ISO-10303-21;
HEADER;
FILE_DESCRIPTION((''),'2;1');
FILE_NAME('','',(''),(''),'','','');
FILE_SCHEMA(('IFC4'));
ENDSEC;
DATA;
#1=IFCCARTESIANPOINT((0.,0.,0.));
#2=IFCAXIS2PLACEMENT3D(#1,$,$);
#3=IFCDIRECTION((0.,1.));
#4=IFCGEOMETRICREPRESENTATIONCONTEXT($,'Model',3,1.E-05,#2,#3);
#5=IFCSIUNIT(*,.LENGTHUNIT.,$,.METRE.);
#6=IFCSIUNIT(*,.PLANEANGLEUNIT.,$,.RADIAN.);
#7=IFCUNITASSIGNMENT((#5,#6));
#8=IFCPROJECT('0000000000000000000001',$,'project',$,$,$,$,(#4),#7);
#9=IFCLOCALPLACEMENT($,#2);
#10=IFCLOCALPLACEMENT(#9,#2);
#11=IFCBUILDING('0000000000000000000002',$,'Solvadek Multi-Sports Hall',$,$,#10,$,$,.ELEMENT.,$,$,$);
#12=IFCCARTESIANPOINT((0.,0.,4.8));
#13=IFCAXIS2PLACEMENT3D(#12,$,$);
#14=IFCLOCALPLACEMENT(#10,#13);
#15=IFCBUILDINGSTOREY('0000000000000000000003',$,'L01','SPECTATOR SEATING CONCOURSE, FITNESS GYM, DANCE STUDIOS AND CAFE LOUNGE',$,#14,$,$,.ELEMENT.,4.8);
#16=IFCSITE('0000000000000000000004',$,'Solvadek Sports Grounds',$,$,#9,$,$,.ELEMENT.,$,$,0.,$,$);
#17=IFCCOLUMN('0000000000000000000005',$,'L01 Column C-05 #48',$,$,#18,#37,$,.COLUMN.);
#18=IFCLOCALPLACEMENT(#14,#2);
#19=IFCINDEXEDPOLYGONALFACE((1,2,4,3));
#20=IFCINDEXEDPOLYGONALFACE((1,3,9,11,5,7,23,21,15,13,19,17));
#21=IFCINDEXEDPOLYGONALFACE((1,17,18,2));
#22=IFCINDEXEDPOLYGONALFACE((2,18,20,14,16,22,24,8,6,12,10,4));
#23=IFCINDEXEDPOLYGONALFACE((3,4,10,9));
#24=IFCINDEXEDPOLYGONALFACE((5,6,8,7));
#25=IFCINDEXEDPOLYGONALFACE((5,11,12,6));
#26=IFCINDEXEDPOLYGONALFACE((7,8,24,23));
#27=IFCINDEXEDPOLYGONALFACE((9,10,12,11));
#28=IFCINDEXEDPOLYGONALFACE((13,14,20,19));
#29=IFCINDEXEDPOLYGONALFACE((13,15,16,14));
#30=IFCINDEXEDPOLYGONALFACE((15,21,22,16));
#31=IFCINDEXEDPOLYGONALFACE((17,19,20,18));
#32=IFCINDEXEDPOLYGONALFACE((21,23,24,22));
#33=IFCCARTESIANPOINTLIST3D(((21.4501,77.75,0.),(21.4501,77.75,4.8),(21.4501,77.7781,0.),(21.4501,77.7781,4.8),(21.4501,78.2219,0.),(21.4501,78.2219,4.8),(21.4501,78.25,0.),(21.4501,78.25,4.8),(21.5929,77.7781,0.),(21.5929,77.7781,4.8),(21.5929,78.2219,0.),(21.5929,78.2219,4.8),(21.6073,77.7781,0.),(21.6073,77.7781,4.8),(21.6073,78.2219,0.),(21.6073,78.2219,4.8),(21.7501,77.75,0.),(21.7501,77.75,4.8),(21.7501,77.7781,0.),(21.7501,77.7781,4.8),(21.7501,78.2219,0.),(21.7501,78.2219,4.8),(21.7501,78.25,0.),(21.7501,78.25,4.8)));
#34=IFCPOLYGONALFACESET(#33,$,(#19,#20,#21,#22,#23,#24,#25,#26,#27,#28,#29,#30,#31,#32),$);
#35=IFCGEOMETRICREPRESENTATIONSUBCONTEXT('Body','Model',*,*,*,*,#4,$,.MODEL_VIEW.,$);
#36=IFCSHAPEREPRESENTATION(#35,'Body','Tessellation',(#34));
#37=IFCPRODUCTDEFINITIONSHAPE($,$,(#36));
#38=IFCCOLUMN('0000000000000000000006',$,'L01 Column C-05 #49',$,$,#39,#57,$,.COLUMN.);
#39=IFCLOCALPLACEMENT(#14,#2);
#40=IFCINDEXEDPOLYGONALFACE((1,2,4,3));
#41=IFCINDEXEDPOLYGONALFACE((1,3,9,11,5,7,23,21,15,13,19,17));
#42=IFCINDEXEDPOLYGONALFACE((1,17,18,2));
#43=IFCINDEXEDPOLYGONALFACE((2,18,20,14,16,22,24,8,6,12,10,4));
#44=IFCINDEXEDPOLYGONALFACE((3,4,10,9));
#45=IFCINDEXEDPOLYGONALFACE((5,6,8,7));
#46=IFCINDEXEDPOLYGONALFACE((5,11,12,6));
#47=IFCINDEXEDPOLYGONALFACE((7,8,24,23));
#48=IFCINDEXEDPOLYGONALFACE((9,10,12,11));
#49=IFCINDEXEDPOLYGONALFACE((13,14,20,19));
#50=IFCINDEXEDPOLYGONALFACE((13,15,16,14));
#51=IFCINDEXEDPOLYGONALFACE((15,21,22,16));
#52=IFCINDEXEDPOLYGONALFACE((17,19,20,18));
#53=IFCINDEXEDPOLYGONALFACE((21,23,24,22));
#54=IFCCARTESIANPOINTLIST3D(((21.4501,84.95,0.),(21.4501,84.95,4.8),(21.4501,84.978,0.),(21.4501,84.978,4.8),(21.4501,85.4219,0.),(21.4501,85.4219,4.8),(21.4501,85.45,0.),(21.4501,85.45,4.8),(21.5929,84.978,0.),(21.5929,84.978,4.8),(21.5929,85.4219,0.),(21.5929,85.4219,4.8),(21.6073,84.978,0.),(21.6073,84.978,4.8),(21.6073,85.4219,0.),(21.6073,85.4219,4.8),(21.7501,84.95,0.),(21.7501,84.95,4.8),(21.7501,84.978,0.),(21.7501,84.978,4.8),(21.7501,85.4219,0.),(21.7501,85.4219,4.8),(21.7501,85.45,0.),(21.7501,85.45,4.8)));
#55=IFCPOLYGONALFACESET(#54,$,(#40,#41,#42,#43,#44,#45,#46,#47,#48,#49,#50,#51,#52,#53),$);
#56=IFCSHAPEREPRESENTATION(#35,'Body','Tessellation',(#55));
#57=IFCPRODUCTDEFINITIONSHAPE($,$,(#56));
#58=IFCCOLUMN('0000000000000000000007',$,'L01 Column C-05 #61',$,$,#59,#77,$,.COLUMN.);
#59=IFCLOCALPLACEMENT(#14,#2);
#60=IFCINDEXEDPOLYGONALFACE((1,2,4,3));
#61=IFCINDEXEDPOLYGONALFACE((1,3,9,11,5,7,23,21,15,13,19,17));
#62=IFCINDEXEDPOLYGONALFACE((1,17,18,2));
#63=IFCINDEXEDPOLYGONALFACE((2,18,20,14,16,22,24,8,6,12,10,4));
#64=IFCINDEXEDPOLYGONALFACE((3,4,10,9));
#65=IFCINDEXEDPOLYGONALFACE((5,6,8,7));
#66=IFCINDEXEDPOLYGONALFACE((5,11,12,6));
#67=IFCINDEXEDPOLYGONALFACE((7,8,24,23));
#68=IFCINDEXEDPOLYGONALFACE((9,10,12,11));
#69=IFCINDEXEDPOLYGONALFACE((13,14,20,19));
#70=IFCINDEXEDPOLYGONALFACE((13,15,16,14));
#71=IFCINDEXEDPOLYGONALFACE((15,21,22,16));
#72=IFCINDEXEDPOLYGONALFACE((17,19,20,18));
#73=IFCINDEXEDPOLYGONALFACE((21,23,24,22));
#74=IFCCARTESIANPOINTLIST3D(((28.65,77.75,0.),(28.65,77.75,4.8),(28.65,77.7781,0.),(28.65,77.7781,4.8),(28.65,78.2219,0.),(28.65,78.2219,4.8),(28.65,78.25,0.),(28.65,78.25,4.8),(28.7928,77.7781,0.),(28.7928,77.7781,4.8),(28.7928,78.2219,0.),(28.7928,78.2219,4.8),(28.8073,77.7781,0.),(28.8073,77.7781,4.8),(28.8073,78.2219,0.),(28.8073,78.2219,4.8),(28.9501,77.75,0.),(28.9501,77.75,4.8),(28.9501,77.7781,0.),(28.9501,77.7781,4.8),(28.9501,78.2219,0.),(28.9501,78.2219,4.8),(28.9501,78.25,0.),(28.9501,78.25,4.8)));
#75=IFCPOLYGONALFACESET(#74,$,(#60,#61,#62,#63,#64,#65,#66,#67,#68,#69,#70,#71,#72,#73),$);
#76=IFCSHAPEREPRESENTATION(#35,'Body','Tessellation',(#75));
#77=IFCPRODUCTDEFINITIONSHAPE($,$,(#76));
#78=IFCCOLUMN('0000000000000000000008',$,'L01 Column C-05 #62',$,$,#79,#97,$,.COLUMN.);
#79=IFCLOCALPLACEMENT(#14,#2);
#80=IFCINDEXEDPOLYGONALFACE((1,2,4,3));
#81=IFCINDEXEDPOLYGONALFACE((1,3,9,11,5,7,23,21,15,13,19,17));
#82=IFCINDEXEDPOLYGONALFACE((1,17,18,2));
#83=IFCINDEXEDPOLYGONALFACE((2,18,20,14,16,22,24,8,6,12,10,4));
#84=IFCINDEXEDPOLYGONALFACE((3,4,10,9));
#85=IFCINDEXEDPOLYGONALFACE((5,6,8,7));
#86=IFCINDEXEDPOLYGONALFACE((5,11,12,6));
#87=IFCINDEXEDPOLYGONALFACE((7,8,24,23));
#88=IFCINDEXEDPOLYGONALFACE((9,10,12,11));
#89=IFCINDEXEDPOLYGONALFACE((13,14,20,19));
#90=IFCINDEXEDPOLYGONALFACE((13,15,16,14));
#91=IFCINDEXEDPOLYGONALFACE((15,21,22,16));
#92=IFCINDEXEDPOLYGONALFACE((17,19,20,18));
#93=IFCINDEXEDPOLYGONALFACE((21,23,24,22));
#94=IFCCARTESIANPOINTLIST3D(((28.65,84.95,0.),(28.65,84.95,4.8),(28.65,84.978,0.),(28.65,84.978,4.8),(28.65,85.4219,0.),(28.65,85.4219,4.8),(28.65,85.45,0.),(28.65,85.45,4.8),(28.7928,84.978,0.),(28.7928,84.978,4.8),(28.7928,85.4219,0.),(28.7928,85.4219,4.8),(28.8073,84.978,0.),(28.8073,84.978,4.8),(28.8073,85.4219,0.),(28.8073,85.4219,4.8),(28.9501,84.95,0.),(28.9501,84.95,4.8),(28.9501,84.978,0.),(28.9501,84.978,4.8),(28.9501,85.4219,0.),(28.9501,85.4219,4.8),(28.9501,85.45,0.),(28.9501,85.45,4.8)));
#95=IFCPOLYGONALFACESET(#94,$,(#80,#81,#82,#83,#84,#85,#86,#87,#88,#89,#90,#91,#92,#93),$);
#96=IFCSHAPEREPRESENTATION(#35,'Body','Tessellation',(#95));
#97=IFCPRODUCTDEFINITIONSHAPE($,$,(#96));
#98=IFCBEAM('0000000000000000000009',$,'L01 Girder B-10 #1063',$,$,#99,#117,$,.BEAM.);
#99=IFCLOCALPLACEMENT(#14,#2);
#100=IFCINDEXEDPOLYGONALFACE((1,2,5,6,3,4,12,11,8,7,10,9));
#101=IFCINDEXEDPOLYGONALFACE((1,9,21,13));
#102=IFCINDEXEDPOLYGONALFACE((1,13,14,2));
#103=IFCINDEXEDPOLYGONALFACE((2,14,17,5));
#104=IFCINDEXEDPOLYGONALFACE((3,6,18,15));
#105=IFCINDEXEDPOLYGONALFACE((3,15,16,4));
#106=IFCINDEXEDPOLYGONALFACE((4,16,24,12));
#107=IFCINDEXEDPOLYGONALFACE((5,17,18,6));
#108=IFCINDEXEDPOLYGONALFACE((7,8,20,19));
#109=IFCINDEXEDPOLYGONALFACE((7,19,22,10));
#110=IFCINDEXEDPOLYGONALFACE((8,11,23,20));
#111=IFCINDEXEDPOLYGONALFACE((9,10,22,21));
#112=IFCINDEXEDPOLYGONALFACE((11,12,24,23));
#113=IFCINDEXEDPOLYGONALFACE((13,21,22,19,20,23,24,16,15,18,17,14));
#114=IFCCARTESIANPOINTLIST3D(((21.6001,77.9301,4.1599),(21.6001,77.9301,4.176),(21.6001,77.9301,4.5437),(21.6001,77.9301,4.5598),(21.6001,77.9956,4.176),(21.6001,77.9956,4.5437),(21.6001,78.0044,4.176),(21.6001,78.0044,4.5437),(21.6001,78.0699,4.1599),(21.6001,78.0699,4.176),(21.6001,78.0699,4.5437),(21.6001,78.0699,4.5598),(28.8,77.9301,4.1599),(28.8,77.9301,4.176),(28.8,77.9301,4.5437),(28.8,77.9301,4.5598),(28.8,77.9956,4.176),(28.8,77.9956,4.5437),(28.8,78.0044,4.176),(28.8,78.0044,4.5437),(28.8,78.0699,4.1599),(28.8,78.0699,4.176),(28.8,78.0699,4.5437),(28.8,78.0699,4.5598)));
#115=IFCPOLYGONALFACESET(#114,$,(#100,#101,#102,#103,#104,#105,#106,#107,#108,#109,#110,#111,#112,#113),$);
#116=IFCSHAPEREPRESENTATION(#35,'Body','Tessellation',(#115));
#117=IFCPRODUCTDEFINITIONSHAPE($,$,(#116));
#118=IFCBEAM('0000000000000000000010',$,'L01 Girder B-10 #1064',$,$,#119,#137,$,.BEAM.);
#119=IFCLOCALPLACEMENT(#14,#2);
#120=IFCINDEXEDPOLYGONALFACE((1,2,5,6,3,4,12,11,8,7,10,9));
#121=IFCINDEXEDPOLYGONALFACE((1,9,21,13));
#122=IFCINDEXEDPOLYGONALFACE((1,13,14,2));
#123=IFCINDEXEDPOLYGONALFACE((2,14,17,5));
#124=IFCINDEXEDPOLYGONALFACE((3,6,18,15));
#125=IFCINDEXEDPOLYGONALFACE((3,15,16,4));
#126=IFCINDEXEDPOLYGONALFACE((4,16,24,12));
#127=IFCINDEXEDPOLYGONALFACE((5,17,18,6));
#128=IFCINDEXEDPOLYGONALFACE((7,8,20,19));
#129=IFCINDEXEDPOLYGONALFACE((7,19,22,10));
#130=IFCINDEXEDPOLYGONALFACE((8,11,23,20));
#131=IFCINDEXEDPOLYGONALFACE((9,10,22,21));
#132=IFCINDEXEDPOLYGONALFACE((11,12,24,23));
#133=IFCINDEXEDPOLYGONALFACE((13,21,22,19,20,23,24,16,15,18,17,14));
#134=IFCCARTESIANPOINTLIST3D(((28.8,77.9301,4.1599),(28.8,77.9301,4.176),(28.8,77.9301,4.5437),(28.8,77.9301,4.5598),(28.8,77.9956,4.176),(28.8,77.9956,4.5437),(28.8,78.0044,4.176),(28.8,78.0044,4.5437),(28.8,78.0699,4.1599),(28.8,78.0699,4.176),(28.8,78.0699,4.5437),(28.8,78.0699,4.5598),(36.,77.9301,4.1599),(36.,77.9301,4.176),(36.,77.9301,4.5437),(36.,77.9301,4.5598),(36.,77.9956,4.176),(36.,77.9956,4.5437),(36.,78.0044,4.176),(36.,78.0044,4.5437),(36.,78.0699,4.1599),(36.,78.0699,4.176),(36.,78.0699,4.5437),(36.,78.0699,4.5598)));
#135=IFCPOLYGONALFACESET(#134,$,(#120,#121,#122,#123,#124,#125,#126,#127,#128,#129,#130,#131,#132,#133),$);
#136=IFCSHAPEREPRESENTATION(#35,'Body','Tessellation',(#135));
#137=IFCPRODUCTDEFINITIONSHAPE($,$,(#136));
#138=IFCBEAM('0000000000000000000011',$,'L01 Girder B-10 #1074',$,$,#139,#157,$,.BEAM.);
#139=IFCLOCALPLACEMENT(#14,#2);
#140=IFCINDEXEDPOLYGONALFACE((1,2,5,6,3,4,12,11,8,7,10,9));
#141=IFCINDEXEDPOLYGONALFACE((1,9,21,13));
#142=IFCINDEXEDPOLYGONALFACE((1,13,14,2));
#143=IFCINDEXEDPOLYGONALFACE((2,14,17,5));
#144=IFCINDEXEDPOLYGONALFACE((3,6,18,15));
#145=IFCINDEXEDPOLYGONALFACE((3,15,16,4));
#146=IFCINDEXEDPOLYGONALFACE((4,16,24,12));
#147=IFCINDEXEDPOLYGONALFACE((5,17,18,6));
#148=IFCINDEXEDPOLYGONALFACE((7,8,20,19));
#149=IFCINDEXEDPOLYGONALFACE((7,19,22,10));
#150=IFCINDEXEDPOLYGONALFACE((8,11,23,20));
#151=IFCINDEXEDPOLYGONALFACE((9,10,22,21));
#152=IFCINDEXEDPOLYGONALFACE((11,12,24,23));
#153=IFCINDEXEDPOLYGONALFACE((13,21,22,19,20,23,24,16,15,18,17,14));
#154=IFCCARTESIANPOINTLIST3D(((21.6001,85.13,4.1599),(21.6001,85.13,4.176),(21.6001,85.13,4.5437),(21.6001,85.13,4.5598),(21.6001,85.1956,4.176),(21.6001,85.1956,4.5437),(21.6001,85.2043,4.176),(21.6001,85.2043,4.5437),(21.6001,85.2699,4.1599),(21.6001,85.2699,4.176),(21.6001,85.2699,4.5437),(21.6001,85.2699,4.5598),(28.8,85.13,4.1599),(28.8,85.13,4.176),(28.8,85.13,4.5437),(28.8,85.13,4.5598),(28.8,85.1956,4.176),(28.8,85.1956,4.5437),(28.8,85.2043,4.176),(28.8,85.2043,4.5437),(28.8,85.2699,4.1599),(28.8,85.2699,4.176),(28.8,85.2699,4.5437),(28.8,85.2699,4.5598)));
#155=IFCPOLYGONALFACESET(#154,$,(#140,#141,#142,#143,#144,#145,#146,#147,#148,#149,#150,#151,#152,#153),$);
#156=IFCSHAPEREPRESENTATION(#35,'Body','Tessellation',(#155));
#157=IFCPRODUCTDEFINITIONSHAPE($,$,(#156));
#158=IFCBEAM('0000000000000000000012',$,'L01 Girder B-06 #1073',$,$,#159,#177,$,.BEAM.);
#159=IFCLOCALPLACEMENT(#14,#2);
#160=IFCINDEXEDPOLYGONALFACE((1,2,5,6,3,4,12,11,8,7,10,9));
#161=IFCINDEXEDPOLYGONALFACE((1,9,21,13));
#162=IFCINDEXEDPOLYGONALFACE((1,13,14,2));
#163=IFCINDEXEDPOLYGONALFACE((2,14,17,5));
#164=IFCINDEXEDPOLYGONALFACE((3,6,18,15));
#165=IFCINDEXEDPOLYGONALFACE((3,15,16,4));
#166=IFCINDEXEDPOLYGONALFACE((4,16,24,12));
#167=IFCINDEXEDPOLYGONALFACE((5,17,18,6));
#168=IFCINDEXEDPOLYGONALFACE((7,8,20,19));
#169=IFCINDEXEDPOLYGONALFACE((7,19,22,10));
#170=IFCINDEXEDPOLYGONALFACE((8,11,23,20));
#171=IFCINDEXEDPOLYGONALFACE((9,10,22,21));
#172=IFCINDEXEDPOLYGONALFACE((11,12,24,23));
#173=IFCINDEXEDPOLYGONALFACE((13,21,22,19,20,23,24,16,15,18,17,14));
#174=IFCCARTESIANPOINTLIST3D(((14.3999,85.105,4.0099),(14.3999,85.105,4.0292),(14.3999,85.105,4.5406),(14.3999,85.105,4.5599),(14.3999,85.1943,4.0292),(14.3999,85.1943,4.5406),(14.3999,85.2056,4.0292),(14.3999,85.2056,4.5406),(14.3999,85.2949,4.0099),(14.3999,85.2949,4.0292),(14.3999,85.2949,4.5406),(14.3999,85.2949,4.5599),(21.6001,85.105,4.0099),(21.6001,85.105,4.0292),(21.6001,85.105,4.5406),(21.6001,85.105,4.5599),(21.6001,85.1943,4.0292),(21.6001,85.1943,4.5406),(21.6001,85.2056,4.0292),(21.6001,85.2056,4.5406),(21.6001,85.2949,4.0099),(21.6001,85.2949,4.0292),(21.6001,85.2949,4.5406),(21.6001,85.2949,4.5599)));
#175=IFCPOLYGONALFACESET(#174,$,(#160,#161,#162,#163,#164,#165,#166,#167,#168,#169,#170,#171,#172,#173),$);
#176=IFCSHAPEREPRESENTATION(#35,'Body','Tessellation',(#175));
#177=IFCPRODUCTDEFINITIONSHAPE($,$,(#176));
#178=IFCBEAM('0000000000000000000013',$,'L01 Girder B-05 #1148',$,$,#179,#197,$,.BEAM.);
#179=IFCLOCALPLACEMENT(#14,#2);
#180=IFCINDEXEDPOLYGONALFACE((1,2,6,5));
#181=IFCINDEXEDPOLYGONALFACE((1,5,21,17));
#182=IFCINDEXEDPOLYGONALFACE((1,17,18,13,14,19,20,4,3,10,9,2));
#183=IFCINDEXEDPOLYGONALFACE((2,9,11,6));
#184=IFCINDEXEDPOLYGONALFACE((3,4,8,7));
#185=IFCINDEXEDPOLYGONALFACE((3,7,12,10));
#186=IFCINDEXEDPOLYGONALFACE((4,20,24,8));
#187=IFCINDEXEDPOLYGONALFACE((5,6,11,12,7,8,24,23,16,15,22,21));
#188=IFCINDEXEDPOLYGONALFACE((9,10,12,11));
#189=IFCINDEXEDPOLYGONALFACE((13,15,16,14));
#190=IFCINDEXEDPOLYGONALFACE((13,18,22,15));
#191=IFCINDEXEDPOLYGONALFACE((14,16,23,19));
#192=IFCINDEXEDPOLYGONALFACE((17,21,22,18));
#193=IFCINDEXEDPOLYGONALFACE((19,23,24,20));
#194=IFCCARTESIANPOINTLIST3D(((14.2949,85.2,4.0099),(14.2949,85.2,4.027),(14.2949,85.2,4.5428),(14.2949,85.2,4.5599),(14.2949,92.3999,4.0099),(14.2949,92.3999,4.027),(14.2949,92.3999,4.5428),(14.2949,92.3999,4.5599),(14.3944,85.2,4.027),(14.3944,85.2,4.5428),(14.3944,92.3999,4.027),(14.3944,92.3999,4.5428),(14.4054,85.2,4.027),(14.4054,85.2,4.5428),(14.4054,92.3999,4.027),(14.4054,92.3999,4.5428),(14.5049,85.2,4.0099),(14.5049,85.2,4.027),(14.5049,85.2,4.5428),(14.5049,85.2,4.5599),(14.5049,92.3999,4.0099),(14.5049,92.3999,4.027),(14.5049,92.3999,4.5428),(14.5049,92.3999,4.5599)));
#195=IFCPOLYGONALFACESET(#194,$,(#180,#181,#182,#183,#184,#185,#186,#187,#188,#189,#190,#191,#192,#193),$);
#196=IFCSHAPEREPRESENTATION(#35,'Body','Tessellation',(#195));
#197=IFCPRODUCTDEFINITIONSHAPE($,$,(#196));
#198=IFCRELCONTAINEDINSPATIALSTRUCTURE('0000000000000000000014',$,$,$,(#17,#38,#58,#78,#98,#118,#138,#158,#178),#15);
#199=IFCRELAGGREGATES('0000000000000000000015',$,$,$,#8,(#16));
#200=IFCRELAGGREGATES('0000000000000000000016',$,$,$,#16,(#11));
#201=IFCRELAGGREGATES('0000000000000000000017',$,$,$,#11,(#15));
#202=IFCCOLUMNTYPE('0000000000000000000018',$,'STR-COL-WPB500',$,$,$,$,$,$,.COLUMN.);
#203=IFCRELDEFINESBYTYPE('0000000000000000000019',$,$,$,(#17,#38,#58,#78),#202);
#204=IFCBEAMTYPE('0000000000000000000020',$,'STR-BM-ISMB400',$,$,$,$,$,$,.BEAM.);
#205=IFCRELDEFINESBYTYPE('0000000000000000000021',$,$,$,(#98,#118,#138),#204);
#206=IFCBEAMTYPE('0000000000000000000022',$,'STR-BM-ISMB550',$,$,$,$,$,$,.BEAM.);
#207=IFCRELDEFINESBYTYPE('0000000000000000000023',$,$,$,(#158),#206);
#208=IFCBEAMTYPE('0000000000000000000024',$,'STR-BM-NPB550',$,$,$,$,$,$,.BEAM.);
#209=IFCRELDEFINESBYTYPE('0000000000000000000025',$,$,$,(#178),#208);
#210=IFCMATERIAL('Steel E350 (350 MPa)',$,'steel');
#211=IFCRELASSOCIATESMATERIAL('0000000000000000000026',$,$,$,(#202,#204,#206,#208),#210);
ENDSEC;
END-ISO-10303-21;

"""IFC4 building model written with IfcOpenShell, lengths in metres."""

from ifc_helpers import new_model, si_unit, direction, frame, origin, origin_2d, place, context, subcontext, project, spatial, i_section, extrude, material, material_profile, profile_set, type_object, element, save


model = new_model("IFC4")

# Units and contexts
model_context = context("Model", 3, precision=1e-05, world=origin(), true_north=direction((0.0, 1.0)))
body_context = subcontext(model_context, "Body", "Model", "MODEL_VIEW")
ifc_project = project(units=[si_unit("LENGTHUNIT", "METRE"), si_unit("PLANEANGLEUNIT", "RADIAN")], contexts=[model_context])

# Site, building, storey
site_placement = place(None, origin())
site = spatial("IfcSite", under=ifc_project, at=site_placement, Name="Solvadek Sports Grounds", CompositionType="ELEMENT", RefElevation=0.0)
building_placement = place(site_placement, origin())
building = spatial("IfcBuilding", under=site, at=building_placement, Name="Solvadek Multi-Sports Hall", CompositionType="ELEMENT")
storey_placement = place(building_placement, frame((0.0, 0.0, 4.8)))
storey = spatial("IfcBuildingStorey", under=building, at=storey_placement, Name="L01", Description="SPECTATOR SEATING CONCOURSE, FITNESS GYM, DANCE STUDIOS AND CAFE LOUNGE", CompositionType="ELEMENT", Elevation=4.8)

# Columns
ifc_material_1 = material(Name="Steel E350 (350 MPa)", Category="steel")
ifc_material_profile_1 = material_profile(ifc_material_1, i_section(OverallWidth=0.3, OverallDepth=0.5, WebThickness=0.0144, FlangeThickness=0.0281, at=origin_2d()), Name="WPB 500")
ifc_profile_set_1 = profile_set([ifc_material_profile_1], Name="Steel E350 (350 MPa)")
column_type = type_object("IfcColumnType", Name="STR-COL-WPB500", PredefinedType="COLUMN", material=ifc_profile_set_1)
for number, where, z_axis, x_axis, name in (
    (1, (21.6001, 78.0, 0.0), (0.0, 0.0, 1.0), (1.0, 0.0, 0.0), "L01 Column C-05 #48"),
    (2, (21.6001, 85.2, 0.0), (0.0, 0.0, 1.0), (1.0, 0.0, 0.0), "L01 Column C-05 #49"),
    (3, (28.8, 78.0, 0.0), (0.0, 0.0, 1.0), (1.0, 0.0, 0.0), "L01 Column C-05 #61"),
    (4, (28.8, 85.2, 0.0), (0.0, 0.0, 1.0), (1.0, 0.0, 0.0), "L01 Column C-05 #62"),
):
    element("IfcColumn", number, at=place(storey_placement, frame(where, z_axis=z_axis, x_axis=x_axis)), inside=storey, type_object=column_type, Name=name, PredefinedType="COLUMN", context=body_context, shape_type="SweptSolid", body=[
        extrude(i_section(OverallWidth=0.3, OverallDepth=0.5, WebThickness=0.0144, FlangeThickness=0.0281, at=origin_2d()), origin(), (0.0, 0.0, 1.0), 4.8),
    ])

# Beams
ifc_material_profile_2 = material_profile(ifc_material_1, i_section(OverallWidth=0.1399, OverallDepth=0.3999, WebThickness=0.0088, FlangeThickness=0.0161, at=origin_2d()), Name="ISMB 400")
ifc_profile_set_2 = profile_set([ifc_material_profile_2], Name="Steel E350 (350 MPa)")
beam_type_1 = type_object("IfcBeamType", Name="STR-BM-ISMB400", PredefinedType="BEAM", material=ifc_profile_set_2)
for number, where, z_axis, x_axis, name in (
    (5, (21.6001, 78.0, 4.3599), (1.0, 0.0, 0.0), (0.0, 1.0, 0.0), "L01 Girder B-10 #1063"),
    (6, (28.8, 78.0, 4.3599), (1.0, 0.0, 0.0), (0.0, 1.0, 0.0), "L01 Girder B-10 #1064"),
    (7, (21.6001, 85.2, 4.3599), (1.0, 0.0, 0.0), (0.0, 1.0, 0.0), "L01 Girder B-10 #1074"),
):
    element("IfcBeam", number, at=place(storey_placement, frame(where, z_axis=z_axis, x_axis=x_axis)), inside=storey, type_object=beam_type_1, Name=name, PredefinedType="BEAM", context=body_context, shape_type="SweptSolid", body=[
        extrude(i_section(OverallWidth=0.1399, OverallDepth=0.3999, WebThickness=0.0088, FlangeThickness=0.0161, at=origin_2d()), origin(), (0.0, 0.0, 1.0), 7.2),
    ])
ifc_material_profile_3 = material_profile(ifc_material_1, i_section(OverallWidth=0.1899, OverallDepth=0.55, WebThickness=0.0112, FlangeThickness=0.0193, at=origin_2d()), Name="ISMB 550")
ifc_profile_set_3 = profile_set([ifc_material_profile_3], Name="Steel E350 (350 MPa)")
beam_type_2 = type_object("IfcBeamType", Name="STR-BM-ISMB550", PredefinedType="BEAM", material=ifc_profile_set_3)
beam_1_placement = place(storey_placement, frame((14.3999, 85.2, 4.2849), z_axis=(1.0, 0.0, 0.0), x_axis=(0.0, 1.0, 0.0)))
element("IfcBeam", 8, at=beam_1_placement, inside=storey, type_object=beam_type_2, Name="L01 Girder B-06 #1073", PredefinedType="BEAM", context=body_context, shape_type="SweptSolid", body=[
    extrude(i_section(OverallWidth=0.1899, OverallDepth=0.55, WebThickness=0.0112, FlangeThickness=0.0193, at=origin_2d()), origin(), (0.0, 0.0, 1.0), 7.2002),
])
ifc_material_profile_4 = material_profile(ifc_material_1, i_section(OverallWidth=0.21, OverallDepth=0.55, WebThickness=0.011, FlangeThickness=0.0171, at=origin_2d()), Name="NPB 550")
ifc_profile_set_4 = profile_set([ifc_material_profile_4], Name="Steel E350 (350 MPa)")
beam_type_3 = type_object("IfcBeamType", Name="STR-BM-NPB550", PredefinedType="BEAM", material=ifc_profile_set_4)
for number, where, z_axis, x_axis, name in (
    (9, (14.3999, 85.2, 4.2849), (0.0, 1.0, 0.0), (-1.0, 0.0, 0.0), "L01 Girder B-05 #1148"),
):
    element("IfcBeam", number, at=place(storey_placement, frame(where, z_axis=z_axis, x_axis=x_axis)), inside=storey, type_object=beam_type_3, Name=name, PredefinedType="BEAM", context=body_context, shape_type="SweptSolid", body=[
        extrude(i_section(OverallWidth=0.21, OverallDepth=0.55, WebThickness=0.011, FlangeThickness=0.0171, at=origin_2d()), origin(), (0.0, 0.0, 1.0), 7.2),
    ])

save(model, "model.ifc")
